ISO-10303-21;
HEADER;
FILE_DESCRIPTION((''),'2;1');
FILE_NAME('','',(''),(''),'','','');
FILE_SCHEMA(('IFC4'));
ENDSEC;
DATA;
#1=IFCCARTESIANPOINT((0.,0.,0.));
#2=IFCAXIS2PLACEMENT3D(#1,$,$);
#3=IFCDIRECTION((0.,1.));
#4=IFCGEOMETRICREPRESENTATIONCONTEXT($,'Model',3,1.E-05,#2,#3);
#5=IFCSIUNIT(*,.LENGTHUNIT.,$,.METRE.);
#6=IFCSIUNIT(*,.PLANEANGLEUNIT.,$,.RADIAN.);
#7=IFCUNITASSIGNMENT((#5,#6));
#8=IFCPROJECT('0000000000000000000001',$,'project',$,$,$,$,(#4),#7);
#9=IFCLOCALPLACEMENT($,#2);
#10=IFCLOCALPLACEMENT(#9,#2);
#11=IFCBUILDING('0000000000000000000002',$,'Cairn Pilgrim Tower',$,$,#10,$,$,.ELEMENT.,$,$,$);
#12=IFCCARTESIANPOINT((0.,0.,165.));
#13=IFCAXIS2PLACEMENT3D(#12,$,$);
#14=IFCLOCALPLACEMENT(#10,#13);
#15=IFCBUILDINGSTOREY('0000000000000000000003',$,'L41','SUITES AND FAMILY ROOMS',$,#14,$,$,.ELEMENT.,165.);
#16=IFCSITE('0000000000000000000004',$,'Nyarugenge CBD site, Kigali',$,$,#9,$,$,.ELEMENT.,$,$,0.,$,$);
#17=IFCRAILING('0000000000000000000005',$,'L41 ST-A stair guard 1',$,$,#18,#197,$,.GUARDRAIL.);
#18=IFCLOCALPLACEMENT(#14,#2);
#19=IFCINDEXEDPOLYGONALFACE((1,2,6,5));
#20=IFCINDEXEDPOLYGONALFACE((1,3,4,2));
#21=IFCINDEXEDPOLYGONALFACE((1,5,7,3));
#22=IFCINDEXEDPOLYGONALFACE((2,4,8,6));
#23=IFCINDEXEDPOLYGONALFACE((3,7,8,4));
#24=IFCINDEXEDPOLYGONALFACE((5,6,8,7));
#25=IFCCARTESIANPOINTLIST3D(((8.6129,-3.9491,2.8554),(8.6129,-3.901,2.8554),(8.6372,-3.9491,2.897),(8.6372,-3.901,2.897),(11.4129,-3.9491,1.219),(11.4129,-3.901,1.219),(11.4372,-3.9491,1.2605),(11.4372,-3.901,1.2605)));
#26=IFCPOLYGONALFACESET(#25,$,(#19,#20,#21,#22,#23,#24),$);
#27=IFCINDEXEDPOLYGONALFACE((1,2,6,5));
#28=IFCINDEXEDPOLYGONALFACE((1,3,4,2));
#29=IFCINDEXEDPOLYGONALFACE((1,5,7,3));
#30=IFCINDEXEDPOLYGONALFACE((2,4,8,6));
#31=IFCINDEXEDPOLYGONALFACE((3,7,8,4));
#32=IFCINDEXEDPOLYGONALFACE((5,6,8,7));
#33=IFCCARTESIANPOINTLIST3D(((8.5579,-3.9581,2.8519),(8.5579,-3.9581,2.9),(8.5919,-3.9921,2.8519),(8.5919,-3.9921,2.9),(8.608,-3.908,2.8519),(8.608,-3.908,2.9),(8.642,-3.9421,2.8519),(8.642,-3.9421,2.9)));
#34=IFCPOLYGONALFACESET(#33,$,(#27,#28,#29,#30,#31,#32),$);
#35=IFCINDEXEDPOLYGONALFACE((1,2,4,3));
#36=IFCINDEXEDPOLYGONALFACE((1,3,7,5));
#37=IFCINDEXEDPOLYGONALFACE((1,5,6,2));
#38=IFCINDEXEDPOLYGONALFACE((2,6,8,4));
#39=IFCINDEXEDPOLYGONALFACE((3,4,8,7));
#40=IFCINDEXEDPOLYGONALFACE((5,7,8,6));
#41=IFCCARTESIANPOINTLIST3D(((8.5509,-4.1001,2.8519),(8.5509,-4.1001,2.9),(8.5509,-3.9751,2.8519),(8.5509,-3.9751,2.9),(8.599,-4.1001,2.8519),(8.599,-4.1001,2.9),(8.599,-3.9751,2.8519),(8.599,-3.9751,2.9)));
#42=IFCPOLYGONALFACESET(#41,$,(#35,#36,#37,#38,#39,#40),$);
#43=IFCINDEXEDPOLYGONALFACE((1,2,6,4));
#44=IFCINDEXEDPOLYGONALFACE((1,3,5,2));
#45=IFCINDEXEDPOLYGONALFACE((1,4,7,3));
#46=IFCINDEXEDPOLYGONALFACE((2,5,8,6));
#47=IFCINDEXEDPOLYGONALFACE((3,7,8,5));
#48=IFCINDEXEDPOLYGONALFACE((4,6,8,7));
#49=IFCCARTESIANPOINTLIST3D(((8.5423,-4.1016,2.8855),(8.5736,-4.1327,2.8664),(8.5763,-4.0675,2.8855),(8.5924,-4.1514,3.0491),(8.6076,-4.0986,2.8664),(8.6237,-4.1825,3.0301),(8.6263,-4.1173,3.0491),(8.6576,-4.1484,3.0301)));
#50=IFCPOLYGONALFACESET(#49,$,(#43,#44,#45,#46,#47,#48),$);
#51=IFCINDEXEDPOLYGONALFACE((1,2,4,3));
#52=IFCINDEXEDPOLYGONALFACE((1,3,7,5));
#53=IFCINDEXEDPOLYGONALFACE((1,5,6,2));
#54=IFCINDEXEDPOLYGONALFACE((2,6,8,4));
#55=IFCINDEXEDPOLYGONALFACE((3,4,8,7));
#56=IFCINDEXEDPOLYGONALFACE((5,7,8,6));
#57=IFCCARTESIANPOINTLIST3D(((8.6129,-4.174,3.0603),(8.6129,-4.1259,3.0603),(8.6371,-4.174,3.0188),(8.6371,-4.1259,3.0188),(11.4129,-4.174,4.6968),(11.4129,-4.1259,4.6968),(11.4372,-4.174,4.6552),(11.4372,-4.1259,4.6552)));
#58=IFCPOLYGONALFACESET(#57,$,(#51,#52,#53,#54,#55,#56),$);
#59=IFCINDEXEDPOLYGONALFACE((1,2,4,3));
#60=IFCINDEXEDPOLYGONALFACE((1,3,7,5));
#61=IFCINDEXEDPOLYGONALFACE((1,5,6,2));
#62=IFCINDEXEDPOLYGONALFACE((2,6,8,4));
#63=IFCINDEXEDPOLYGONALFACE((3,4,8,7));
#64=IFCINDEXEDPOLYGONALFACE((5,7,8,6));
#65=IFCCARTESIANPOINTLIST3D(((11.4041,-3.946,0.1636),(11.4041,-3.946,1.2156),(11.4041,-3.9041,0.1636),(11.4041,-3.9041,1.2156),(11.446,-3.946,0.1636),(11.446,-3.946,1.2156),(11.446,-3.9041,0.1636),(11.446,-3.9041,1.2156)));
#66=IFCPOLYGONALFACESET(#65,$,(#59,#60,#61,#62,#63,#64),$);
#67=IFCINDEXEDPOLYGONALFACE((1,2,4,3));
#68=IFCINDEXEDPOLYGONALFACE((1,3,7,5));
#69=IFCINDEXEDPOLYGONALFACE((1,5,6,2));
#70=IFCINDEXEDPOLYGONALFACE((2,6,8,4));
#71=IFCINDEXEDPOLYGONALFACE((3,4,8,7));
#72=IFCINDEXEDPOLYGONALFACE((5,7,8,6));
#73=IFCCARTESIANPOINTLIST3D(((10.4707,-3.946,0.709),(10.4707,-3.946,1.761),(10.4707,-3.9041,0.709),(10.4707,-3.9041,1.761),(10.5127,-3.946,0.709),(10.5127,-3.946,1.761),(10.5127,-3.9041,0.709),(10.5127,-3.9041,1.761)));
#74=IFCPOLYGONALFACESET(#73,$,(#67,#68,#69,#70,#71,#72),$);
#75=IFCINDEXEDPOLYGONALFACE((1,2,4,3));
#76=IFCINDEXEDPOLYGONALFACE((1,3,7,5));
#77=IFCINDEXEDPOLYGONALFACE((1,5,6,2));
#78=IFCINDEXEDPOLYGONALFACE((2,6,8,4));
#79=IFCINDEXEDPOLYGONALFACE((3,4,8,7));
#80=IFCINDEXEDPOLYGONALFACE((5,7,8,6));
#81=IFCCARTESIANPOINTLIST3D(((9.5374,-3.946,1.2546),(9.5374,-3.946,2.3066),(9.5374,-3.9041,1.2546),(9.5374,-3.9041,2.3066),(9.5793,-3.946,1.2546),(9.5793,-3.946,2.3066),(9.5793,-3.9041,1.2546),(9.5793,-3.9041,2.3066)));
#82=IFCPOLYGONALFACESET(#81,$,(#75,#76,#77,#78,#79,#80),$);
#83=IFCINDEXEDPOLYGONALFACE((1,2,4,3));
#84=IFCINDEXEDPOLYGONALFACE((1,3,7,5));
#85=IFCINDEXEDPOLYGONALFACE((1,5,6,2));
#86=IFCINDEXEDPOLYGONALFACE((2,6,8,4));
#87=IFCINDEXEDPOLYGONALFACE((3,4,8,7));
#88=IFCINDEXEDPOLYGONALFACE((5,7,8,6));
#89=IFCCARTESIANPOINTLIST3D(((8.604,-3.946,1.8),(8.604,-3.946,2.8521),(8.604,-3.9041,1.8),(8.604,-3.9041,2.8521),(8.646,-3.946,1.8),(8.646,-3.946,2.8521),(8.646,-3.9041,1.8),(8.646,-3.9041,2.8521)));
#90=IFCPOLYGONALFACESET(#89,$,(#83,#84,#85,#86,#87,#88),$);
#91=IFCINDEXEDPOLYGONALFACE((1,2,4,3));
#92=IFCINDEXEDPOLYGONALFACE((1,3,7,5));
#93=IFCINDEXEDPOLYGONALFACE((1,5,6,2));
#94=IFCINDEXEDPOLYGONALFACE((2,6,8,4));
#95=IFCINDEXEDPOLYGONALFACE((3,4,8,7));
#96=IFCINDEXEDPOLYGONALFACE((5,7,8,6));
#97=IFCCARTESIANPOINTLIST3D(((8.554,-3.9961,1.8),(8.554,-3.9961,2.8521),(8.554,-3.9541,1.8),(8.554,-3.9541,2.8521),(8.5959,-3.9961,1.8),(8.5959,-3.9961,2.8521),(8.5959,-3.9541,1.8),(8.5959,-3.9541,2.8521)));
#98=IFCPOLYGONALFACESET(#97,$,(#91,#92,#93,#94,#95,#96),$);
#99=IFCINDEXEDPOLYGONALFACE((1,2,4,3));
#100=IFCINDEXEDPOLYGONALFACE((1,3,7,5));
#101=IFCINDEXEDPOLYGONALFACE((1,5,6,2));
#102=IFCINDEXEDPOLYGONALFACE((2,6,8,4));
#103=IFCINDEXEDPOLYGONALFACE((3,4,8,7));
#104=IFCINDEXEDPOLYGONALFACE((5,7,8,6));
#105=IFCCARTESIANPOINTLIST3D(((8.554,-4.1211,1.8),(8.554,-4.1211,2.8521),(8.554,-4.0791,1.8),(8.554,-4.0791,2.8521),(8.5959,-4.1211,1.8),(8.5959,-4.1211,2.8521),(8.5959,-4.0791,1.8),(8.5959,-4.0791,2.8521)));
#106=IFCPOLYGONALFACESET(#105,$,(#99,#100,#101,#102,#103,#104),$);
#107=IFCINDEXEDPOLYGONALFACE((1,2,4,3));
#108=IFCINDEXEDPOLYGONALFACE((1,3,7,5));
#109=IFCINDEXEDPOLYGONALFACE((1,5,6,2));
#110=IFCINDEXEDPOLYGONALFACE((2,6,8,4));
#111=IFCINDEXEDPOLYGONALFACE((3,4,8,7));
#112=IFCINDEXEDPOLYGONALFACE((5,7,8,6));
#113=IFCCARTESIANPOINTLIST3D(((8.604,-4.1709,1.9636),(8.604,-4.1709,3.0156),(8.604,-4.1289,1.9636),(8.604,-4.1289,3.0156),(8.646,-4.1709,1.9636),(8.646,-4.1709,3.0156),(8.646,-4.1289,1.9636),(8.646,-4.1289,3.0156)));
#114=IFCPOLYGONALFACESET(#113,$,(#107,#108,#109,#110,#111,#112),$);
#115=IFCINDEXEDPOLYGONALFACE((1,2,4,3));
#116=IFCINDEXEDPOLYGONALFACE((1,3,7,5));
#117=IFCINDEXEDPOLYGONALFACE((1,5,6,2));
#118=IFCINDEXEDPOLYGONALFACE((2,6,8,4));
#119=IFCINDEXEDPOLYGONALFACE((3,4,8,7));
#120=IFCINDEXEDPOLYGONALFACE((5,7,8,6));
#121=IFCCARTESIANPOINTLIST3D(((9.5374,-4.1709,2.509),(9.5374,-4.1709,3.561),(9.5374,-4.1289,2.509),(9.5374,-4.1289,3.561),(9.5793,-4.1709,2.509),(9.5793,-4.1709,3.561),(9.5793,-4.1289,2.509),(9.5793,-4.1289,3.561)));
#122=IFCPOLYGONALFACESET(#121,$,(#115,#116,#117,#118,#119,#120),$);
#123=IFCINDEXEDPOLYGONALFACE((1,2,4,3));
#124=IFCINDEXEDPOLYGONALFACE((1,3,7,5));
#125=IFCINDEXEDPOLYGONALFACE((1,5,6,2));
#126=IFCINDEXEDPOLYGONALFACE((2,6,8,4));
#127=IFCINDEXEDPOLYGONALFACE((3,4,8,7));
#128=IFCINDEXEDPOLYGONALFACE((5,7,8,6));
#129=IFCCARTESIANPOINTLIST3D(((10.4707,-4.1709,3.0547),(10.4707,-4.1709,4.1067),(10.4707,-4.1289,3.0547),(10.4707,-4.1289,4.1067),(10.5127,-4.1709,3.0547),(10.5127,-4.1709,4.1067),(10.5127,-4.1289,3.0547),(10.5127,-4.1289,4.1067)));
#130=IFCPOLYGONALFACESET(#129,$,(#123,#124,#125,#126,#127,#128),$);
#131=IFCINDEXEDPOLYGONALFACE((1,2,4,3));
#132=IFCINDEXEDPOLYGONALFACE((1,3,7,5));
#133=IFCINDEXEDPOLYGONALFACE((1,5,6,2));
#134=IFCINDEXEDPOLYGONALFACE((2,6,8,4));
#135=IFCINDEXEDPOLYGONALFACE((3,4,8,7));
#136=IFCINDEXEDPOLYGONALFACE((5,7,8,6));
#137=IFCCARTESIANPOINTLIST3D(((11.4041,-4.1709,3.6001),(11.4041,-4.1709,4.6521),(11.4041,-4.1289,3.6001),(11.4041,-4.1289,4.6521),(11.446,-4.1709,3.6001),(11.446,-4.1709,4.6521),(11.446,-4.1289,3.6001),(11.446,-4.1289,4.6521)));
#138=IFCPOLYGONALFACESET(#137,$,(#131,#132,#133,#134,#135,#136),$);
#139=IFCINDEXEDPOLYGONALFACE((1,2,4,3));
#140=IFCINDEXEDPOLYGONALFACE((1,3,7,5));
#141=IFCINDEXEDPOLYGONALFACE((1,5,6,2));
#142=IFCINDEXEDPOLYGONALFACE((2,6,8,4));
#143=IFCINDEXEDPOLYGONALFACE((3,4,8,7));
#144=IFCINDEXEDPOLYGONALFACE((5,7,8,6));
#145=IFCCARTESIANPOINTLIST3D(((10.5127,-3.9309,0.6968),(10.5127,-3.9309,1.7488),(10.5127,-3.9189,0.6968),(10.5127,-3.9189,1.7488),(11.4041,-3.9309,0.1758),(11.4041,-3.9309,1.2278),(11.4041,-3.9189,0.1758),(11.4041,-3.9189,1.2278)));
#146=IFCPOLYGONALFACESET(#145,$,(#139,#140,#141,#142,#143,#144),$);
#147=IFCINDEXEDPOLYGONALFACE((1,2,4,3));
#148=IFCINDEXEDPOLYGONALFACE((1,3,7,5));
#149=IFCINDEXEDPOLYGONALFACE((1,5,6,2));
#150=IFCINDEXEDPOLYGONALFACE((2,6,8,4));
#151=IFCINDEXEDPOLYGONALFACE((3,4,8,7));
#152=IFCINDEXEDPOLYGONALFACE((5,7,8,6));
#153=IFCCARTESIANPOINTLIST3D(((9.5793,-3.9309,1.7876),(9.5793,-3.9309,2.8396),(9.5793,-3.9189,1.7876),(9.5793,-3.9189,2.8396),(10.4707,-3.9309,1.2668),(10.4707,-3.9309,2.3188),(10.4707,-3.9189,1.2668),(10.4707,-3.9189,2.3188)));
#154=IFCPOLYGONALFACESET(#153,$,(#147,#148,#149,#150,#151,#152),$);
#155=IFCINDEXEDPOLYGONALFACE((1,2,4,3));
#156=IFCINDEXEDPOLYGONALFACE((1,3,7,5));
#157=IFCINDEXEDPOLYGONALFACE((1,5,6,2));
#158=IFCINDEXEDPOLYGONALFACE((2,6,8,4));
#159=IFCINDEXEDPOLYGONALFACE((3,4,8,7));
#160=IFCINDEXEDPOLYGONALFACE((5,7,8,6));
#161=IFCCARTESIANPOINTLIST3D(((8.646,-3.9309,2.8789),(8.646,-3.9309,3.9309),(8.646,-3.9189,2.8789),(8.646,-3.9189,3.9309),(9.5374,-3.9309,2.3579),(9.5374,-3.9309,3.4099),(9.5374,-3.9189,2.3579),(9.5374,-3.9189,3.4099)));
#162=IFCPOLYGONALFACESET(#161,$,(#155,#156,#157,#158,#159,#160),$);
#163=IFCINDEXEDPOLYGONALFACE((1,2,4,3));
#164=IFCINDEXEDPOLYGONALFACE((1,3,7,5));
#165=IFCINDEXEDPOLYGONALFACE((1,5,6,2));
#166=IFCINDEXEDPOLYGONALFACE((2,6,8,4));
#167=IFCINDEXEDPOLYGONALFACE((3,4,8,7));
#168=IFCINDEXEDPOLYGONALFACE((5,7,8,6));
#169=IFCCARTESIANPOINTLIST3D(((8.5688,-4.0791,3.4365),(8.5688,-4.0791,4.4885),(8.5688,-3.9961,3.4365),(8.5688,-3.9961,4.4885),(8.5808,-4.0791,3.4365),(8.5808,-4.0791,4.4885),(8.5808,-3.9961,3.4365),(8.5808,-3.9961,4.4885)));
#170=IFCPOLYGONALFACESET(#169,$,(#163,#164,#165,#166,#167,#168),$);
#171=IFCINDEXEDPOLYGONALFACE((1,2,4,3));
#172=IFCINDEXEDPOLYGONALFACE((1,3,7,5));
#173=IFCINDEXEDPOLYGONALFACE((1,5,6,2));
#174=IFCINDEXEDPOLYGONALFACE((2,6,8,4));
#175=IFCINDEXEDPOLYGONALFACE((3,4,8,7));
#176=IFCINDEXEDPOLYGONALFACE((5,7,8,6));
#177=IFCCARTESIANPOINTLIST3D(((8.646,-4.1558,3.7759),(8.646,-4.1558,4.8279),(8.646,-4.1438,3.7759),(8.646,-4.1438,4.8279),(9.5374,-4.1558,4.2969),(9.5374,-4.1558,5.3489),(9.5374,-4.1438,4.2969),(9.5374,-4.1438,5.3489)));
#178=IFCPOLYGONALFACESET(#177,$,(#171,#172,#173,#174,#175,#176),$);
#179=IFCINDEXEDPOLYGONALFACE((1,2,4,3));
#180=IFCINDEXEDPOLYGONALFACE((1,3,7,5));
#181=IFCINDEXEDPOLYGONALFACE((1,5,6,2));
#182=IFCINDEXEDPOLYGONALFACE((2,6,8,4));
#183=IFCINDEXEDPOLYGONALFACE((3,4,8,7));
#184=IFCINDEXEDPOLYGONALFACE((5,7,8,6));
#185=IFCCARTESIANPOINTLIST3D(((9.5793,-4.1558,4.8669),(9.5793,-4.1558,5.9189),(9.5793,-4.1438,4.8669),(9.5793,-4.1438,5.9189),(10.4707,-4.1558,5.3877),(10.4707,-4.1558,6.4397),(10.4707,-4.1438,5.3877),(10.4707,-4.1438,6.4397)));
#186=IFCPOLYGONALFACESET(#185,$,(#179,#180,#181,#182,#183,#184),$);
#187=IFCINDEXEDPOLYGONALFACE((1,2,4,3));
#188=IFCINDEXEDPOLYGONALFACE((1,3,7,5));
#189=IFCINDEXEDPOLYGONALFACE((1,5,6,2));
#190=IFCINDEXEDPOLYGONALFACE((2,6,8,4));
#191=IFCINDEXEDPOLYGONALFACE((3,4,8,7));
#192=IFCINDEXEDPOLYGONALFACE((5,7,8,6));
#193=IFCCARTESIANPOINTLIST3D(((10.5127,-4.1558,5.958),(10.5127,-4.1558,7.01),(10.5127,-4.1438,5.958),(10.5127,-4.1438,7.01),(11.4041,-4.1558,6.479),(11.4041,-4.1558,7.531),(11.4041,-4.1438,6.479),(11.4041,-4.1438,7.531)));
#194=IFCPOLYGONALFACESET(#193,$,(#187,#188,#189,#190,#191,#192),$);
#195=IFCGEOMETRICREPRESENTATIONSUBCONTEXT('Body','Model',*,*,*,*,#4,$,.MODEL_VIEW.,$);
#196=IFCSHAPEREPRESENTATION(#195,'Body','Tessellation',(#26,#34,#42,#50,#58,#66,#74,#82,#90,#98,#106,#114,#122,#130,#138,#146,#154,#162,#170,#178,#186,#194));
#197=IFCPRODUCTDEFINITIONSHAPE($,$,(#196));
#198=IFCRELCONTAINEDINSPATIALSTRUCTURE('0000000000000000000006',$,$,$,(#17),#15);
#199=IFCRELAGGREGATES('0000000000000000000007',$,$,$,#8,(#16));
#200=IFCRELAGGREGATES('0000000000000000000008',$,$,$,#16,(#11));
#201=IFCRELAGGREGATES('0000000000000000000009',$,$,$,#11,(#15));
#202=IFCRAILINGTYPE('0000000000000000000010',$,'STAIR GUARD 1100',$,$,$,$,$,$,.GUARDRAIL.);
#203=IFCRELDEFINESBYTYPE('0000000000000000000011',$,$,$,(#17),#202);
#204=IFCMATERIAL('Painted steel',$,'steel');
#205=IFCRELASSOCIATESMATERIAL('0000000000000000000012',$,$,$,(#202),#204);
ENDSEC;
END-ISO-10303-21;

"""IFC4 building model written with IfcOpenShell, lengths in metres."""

from ifc_helpers import new_model, si_unit, direction, frame, origin, origin_2d, place, context, subcontext, project, spatial, polyline, rectangle, outline, extrude, material, type_object, element, save


model = new_model("IFC4")

# Units and contexts
model_context = context("Model", 3, precision=1e-05, world=origin(), true_north=direction((0.0, 1.0)))
body_context = subcontext(model_context, "Body", "Model", "MODEL_VIEW")
ifc_project = project(units=[si_unit("LENGTHUNIT", "METRE"), si_unit("PLANEANGLEUNIT", "RADIAN")], contexts=[model_context])

# Site, building, storey
site_placement = place(None, origin())
site = spatial("IfcSite", under=ifc_project, at=site_placement, Name="Nyarugenge CBD site, Kigali", CompositionType="ELEMENT", RefElevation=0.0)
building_placement = place(site_placement, origin())
building = spatial("IfcBuilding", under=site, at=building_placement, Name="Cairn Pilgrim Tower", CompositionType="ELEMENT")
storey_placement = place(building_placement, frame((0.0, 0.0, 165.0)))
storey = spatial("IfcBuildingStorey", under=building, at=storey_placement, Name="L41", Description="SUITES AND FAMILY ROOMS", CompositionType="ELEMENT", Elevation=165.0)

# Railing
ifc_material_1 = material(Name="Painted steel", Category="steel")
railing_type_1 = type_object("IfcRailingType", Name="STAIR GUARD 1100", PredefinedType="GUARDRAIL", material=ifc_material_1)
railing_1_placement = place(storey_placement, frame((11.425, -3.925, 0.1636)))
element("IfcRailing", 1, at=railing_1_placement, inside=storey, type_object=railing_type_1, Name="L41 ST-A stair guard 1", PredefinedType="GUARDRAIL", context=body_context, shape_type="SweptSolid", body=[
    extrude(rectangle(XDim=0.0481, YDim=0.0481, at=origin_2d()), frame((0.0, 0.0, 1.0762), z_axis=(-0.863361, 0.0, 0.504587), x_axis=(0.0, -1.0, 0.0)), (0.0, 0.0, 1.0), 3.2432),
    extrude(rectangle(XDim=0.0481, YDim=0.0481, at=origin_2d()), frame((-2.8, 0.0, 2.7124), z_axis=(-0.707107, -0.707107, 0.0), x_axis=(0.707107, -0.707107, 0.0)), (0.0, 0.0, 1.0), 0.0708),
    extrude(rectangle(XDim=0.0481, YDim=0.0481, at=origin_2d()), frame((-2.8501, -0.05, 2.7124), z_axis=(0.0, -1.0, 0.0), x_axis=(1.0, 0.0, 0.0)), (0.0, 0.0, 1.0), 0.125),
    extrude(rectangle(XDim=0.0481, YDim=0.0481, at=origin_2d()), frame((-2.8501, -0.175, 2.7124), z_axis=(0.280917, -0.279546, 0.918118), x_axis=(0.705376, 0.708834, 0.0)), (0.0, 0.0, 1.0), 0.1782),
    extrude(rectangle(XDim=0.0481, YDim=0.0481, at=origin_2d()), frame((-2.8, -0.2249, 2.876), z_axis=(0.863361, 0.0, 0.504587), x_axis=(0.0, 1.0, 0.0)), (0.0, 0.0, 1.0), 3.2432),
    extrude(rectangle(XDim=0.042, YDim=0.042, at=origin_2d()), origin(), (0.0, 0.0, 1.0), 1.052),
    extrude(rectangle(XDim=0.042, YDim=0.042, at=origin_2d()), frame((-0.9333, 0.0, 0.5454)), (0.0, 0.0, 1.0), 1.052),
    extrude(rectangle(XDim=0.042, YDim=0.042, at=origin_2d()), frame((-1.8667, 0.0, 1.0911)), (0.0, 0.0, 1.0), 1.052),
    extrude(rectangle(XDim=0.042, YDim=0.042, at=origin_2d()), frame((-2.8, 0.0, 1.6365)), (0.0, 0.0, 1.0), 1.052),
    extrude(rectangle(XDim=0.042, YDim=0.042, at=origin_2d()), frame((-2.8501, -0.05, 1.6365)), (0.0, 0.0, 1.0), 1.052),
    extrude(rectangle(XDim=0.042, YDim=0.042, at=origin_2d()), frame((-2.8501, -0.175, 1.6365)), (0.0, 0.0, 1.0), 1.052),
    extrude(rectangle(XDim=0.042, YDim=0.042, at=origin_2d()), frame((-2.8, -0.2249, 1.8)), (0.0, 0.0, 1.0), 1.052),
    extrude(rectangle(XDim=0.042, YDim=0.042, at=origin_2d()), frame((-1.8667, -0.2249, 2.3455)), (0.0, 0.0, 1.0), 1.052),
    extrude(rectangle(XDim=0.042, YDim=0.042, at=origin_2d()), frame((-0.9333, -0.2249, 2.8911)), (0.0, 0.0, 1.0), 1.052),
    extrude(rectangle(XDim=0.042, YDim=0.042, at=origin_2d()), frame((0.0, -0.2249, 3.4365)), (0.0, 0.0, 1.0), 1.052),
    extrude(outline(polyline([(0.021, 0.0122), (0.9124, 0.5332), (0.9124, 1.5852), (0.021, 1.0642), (0.021, 0.0122)])), frame((0.0, -0.0059, 0.0), z_axis=(0.0, 1.0, 0.0), x_axis=(-1.0, 0.0, 0.0)), (0.0, 0.0, 1.0), 0.012),
    extrude(outline(polyline([(0.021, 0.5579), (0.9124, 1.0786), (0.9124, 2.1306), (0.021, 1.6099), (0.021, 0.5579)])), frame((-0.9333, -0.0059, 0.5454), z_axis=(0.0, 1.0, 0.0), x_axis=(-1.0, 0.0, 0.0)), (0.0, 0.0, 1.0), 0.012),
    extrude(outline(polyline([(0.021, 1.1033), (0.9124, 1.6243), (0.9124, 2.6763), (0.021, 2.1553), (0.021, 1.1033)])), frame((-1.8667, -0.0059, 1.0911), z_axis=(0.0, 1.0, 0.0), x_axis=(-1.0, 0.0, 0.0)), (0.0, 0.0, 1.0), 0.012),
    extrude(outline(polyline([(0.021, 1.6365), (0.104, 1.6365), (0.104, 2.6885), (0.021, 2.6885), (0.021, 1.6365)])), frame((-2.8442, -0.05, 1.6365), z_axis=(-1.0, 0.0, 0.0), x_axis=(0.0, -1.0, 0.0)), (0.0, 0.0, 1.0), 0.012),
    extrude(outline(polyline([(0.021, 1.8123), (0.9124, 2.3333), (0.9124, 3.3853), (0.021, 2.8643), (0.021, 1.8123)])), frame((-2.8, -0.2188, 1.8), z_axis=(0.0, -1.0, 0.0), x_axis=(1.0, 0.0, 0.0)), (0.0, 0.0, 1.0), 0.012),
    extrude(outline(polyline([(0.021, 2.3579), (0.9124, 2.8787), (0.9124, 3.9307), (0.021, 3.4099), (0.021, 2.3579)])), frame((-1.8667, -0.2188, 2.3455), z_axis=(0.0, -1.0, 0.0), x_axis=(1.0, 0.0, 0.0)), (0.0, 0.0, 1.0), 0.012),
    extrude(outline(polyline([(0.021, 2.9033), (0.9124, 3.4243), (0.9124, 4.4763), (0.021, 3.9553), (0.021, 2.9033)])), frame((-0.9333, -0.2188, 2.8911), z_axis=(0.0, -1.0, 0.0), x_axis=(1.0, 0.0, 0.0)), (0.0, 0.0, 1.0), 0.012),
])

save(model, "model.ifc")
